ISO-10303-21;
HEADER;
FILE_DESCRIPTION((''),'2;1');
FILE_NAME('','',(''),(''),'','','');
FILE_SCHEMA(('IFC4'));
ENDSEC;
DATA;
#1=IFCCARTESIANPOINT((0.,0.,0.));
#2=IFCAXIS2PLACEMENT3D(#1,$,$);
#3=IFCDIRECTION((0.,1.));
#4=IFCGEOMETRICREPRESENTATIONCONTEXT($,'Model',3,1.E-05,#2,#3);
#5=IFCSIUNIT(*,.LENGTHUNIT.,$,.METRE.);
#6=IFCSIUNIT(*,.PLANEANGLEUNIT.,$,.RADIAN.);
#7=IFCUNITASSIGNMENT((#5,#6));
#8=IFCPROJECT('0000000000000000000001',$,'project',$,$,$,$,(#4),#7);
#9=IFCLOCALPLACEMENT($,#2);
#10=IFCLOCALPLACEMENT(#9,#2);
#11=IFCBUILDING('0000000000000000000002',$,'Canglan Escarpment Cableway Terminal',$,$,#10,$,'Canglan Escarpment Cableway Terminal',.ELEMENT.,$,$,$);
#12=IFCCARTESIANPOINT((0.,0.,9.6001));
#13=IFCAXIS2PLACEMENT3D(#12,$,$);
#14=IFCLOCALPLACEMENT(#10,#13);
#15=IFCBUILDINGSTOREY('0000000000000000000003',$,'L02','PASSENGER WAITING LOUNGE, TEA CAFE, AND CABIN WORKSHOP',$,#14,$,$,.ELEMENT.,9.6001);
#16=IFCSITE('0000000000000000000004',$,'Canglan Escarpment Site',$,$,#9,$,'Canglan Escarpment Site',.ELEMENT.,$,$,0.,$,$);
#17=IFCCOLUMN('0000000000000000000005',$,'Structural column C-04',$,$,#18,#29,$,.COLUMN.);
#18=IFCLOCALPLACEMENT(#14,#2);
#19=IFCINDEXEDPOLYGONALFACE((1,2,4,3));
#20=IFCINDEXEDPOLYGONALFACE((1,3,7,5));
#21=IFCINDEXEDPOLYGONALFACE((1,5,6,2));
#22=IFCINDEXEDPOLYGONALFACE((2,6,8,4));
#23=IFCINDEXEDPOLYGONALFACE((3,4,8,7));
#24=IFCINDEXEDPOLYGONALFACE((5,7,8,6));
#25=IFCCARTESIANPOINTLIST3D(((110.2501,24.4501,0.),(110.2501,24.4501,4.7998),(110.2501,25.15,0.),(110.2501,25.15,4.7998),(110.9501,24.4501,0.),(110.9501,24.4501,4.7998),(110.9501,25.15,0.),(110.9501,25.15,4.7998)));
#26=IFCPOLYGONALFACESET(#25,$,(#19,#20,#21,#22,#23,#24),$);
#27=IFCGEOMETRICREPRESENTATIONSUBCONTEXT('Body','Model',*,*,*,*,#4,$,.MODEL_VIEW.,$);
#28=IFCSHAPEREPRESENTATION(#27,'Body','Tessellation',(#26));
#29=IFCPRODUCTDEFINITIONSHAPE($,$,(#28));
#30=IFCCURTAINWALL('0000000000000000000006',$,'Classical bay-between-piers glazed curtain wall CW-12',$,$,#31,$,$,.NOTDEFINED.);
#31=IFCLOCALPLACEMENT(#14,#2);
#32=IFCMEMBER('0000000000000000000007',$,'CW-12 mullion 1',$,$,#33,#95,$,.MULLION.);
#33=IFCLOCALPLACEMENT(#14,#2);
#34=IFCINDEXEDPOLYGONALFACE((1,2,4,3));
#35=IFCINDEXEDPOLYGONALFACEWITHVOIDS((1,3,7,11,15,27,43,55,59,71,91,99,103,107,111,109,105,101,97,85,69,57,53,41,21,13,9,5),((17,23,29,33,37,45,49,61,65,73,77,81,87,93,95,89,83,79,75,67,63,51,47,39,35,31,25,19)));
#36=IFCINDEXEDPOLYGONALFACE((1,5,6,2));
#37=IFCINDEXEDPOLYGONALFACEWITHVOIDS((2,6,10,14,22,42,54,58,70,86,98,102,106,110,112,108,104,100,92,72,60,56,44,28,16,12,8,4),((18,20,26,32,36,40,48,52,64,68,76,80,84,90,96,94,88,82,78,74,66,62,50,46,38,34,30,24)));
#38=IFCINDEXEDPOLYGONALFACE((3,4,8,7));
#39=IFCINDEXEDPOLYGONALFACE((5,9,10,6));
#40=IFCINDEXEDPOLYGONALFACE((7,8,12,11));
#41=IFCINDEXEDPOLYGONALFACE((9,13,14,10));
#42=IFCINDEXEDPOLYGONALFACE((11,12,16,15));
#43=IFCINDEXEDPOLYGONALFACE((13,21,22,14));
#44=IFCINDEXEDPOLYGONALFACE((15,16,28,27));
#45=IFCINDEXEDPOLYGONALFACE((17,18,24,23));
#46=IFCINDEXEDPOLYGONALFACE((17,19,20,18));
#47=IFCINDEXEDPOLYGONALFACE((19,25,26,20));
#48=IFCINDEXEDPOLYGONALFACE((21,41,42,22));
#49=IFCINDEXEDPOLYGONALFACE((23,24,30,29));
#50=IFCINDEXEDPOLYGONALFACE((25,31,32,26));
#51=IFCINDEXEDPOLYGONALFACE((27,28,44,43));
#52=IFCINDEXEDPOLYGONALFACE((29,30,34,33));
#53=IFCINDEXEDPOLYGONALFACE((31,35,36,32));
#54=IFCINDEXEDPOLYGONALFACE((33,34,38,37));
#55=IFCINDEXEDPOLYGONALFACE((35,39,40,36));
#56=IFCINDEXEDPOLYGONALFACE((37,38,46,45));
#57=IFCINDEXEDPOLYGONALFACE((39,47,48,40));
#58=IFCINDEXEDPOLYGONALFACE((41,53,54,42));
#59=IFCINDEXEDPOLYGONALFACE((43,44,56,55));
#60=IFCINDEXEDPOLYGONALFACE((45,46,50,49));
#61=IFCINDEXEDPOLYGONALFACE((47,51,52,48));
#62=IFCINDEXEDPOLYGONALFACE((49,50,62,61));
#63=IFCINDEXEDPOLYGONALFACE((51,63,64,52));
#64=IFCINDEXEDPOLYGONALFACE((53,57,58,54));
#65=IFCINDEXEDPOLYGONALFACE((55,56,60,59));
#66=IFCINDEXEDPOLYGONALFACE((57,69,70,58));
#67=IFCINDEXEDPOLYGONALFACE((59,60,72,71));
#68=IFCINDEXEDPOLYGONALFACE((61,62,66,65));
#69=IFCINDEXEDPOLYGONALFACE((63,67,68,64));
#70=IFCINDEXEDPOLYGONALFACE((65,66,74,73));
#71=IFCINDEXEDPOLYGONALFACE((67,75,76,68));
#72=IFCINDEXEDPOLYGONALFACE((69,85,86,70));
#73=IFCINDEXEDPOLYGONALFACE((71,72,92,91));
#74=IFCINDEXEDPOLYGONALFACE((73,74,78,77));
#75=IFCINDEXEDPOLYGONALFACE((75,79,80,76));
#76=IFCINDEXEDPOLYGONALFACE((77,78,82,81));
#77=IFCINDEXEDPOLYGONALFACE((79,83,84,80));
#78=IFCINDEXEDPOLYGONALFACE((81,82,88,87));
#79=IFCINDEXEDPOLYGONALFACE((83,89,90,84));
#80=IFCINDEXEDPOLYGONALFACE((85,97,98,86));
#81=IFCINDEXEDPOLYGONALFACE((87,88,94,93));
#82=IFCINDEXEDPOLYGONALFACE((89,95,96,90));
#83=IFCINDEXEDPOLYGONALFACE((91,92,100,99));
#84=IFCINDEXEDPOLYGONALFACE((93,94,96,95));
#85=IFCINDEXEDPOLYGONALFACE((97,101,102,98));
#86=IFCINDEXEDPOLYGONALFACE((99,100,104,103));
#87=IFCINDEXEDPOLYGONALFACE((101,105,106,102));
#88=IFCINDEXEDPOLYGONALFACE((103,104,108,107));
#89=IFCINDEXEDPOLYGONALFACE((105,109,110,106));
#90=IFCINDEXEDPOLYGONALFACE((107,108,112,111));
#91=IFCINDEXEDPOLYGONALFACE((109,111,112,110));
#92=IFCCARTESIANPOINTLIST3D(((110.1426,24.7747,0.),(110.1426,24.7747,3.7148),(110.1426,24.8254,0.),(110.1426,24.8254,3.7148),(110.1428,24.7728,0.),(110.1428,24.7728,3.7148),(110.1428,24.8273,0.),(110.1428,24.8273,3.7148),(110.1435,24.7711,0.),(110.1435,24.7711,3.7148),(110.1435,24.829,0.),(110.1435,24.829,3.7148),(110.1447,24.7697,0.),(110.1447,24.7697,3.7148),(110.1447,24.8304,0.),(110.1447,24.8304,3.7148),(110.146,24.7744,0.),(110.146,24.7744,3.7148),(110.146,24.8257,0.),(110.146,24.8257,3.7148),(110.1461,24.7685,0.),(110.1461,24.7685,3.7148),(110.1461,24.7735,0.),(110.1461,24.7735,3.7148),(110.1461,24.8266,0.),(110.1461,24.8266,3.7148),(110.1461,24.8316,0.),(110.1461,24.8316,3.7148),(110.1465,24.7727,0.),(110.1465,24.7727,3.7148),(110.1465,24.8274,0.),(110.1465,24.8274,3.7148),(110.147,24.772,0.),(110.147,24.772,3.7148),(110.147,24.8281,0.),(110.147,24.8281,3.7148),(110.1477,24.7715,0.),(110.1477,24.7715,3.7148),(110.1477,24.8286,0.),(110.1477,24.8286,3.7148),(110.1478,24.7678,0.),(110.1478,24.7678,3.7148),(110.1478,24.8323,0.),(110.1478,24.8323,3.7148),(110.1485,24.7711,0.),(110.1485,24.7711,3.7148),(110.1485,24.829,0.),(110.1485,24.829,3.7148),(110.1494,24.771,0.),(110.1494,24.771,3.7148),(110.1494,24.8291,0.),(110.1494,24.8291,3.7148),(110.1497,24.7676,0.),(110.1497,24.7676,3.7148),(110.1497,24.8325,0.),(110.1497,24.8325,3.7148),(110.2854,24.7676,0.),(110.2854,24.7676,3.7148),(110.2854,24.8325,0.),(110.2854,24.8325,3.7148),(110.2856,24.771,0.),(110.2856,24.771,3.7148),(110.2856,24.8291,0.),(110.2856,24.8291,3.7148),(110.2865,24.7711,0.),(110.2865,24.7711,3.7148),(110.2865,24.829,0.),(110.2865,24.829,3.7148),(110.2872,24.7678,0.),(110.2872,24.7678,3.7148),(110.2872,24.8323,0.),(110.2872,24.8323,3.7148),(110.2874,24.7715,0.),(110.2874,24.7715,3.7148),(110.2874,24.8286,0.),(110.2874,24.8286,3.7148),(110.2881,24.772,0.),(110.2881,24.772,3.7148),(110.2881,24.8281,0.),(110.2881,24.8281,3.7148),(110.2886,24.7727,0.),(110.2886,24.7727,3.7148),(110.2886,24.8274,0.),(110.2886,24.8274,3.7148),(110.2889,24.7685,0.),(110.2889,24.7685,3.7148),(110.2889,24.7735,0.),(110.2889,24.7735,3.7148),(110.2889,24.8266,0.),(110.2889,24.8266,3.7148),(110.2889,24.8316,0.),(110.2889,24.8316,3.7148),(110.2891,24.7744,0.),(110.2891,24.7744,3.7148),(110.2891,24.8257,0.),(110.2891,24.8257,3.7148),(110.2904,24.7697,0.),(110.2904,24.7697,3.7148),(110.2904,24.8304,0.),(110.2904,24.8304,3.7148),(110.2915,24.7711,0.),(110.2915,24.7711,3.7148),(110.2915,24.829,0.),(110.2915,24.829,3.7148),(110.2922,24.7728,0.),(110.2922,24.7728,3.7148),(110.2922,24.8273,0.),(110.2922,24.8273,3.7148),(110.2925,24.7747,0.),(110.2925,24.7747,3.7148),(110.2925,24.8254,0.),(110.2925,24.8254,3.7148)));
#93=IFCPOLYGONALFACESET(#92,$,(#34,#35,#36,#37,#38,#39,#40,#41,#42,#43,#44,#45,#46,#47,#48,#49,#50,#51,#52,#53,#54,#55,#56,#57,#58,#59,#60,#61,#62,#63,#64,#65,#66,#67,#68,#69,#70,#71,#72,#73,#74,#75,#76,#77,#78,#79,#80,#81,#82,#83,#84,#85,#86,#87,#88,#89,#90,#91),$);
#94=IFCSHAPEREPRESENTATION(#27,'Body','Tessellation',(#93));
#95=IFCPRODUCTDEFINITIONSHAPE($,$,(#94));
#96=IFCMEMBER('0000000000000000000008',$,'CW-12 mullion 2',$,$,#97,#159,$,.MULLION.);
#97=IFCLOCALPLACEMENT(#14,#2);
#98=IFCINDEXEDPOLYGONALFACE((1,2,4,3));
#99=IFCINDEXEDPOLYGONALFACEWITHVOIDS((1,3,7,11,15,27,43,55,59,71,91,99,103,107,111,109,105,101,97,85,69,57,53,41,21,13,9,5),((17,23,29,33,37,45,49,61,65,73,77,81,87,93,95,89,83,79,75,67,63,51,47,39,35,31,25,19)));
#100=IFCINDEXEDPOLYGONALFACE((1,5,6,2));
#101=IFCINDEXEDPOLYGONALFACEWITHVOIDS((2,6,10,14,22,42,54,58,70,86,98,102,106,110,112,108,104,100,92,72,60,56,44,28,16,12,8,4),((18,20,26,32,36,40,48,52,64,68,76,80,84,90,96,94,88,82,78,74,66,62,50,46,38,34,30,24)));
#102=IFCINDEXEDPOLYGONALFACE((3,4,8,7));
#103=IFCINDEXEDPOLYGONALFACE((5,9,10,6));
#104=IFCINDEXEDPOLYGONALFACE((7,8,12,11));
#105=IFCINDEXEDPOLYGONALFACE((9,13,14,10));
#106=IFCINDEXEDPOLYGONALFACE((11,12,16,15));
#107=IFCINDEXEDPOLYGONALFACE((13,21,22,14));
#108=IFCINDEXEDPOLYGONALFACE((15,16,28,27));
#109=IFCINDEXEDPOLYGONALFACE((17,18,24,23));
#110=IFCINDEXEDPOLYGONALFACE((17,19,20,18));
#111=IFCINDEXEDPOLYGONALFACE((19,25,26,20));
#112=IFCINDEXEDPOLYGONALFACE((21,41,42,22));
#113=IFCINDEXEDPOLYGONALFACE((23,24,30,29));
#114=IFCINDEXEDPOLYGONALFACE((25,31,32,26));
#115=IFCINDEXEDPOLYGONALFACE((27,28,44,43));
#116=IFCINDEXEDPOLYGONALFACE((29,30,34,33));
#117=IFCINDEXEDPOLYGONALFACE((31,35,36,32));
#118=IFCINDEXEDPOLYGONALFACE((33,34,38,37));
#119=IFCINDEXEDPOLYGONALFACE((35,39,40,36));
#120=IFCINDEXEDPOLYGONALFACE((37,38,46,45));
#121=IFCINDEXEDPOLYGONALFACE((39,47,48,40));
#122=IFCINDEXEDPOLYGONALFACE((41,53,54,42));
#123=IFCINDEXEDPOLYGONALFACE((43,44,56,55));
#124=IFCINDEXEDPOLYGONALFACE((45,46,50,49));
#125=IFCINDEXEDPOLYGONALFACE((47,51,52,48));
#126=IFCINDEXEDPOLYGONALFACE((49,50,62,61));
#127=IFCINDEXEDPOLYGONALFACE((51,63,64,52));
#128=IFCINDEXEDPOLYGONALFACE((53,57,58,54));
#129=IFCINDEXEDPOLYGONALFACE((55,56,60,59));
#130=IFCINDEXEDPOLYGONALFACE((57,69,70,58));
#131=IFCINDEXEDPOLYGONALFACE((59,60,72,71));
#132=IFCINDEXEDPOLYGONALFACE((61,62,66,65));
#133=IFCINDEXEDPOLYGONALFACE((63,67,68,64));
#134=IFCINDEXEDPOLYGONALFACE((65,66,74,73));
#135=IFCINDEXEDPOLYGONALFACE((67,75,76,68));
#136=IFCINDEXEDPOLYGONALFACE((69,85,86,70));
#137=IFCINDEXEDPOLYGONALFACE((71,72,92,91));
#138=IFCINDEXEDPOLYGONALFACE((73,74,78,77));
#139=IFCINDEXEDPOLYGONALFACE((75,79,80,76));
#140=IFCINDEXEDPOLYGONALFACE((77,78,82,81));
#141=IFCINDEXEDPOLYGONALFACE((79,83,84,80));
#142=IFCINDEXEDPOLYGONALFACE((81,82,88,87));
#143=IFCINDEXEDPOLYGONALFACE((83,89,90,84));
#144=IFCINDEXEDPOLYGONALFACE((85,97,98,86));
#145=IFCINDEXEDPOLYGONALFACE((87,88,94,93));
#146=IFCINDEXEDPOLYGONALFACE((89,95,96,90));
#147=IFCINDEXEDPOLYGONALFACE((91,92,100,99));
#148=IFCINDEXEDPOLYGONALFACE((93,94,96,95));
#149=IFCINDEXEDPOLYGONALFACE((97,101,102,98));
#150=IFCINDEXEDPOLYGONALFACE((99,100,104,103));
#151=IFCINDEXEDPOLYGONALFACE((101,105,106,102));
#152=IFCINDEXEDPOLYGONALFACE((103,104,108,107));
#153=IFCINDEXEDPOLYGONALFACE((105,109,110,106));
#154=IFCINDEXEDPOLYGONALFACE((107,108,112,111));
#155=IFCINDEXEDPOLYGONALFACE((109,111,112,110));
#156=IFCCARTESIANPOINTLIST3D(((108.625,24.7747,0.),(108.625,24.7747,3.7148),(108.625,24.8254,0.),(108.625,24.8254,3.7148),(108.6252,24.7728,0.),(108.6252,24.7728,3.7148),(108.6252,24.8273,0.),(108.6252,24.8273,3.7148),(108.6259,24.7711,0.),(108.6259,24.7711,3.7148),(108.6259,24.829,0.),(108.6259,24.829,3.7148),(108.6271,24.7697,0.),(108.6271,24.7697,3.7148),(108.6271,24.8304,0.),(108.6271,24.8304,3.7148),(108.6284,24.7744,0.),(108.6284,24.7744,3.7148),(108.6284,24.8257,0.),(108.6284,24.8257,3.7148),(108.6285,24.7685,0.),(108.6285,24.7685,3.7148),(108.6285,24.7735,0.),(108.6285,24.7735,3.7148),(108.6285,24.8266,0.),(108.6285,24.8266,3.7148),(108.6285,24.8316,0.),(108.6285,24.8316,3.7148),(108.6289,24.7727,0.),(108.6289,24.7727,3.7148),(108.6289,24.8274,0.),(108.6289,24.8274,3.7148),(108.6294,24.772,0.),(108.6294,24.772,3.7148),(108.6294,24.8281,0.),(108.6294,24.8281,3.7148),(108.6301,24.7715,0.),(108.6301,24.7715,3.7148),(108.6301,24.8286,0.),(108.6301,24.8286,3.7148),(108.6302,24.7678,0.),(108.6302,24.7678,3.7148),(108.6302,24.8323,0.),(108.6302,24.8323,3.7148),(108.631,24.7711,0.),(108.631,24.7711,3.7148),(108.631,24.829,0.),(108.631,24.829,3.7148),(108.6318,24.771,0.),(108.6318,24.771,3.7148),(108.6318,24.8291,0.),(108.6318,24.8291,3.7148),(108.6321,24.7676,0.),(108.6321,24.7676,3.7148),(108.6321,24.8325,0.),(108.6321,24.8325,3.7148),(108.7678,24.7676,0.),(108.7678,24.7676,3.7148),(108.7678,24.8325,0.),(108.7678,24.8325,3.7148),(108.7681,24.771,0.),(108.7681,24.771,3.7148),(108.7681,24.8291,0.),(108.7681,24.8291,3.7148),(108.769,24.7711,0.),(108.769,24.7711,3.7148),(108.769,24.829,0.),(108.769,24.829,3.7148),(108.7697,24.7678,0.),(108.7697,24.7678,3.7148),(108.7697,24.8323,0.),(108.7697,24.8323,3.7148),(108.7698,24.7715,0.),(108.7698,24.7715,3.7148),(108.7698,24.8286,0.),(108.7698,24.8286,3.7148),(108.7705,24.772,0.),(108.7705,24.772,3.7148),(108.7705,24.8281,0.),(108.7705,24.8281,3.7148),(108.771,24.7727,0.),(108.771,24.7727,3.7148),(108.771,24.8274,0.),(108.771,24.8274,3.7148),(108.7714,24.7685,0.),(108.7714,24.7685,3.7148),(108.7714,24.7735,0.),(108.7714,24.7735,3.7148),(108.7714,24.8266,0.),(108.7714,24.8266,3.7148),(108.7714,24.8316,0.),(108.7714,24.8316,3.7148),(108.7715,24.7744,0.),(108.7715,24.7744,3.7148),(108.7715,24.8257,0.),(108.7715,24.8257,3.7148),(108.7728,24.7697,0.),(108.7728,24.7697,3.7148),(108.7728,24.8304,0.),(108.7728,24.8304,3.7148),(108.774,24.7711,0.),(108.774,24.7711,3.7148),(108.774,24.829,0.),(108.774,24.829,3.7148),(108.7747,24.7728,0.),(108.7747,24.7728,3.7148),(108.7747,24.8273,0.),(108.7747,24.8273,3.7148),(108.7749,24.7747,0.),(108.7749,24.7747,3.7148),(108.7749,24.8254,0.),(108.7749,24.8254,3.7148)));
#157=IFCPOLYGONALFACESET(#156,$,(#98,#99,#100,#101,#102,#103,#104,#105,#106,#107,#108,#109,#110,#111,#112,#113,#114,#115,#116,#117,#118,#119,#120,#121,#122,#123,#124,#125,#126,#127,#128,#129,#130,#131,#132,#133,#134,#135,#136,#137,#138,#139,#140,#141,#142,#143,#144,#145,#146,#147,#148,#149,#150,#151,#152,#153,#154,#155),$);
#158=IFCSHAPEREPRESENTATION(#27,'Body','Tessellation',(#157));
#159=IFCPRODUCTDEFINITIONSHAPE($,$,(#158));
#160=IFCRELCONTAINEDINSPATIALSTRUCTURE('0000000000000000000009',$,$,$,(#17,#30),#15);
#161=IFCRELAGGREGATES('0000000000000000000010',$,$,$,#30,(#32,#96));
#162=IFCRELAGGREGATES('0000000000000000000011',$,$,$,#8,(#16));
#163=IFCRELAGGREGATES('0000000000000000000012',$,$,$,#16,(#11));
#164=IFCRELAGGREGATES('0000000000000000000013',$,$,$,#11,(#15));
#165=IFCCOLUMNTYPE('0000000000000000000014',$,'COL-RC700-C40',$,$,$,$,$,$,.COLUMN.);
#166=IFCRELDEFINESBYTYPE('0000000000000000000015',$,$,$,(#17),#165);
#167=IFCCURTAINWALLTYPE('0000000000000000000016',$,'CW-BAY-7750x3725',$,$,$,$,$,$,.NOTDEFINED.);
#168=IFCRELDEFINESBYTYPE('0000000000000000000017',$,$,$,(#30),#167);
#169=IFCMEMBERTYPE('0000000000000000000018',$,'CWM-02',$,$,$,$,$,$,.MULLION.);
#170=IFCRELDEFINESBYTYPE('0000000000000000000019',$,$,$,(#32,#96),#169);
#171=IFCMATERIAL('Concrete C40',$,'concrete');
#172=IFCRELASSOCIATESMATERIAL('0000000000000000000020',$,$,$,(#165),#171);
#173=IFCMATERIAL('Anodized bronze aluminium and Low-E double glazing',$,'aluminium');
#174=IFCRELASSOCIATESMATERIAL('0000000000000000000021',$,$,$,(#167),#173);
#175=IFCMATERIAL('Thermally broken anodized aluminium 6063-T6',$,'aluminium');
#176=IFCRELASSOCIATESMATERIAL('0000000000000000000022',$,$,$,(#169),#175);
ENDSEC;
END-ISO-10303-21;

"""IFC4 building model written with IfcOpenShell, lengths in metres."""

from ifc_helpers import new_model, si_unit, direction, frame, origin, origin_2d, place, context, subcontext, project, spatial, rectangle, hollow_rectangle, extrude, material, material_profile, profile_set, type_object, element, aggregate, save


model = new_model("IFC4")

# Units and contexts
model_context = context("Model", 3, precision=1e-05, world=origin(), true_north=direction((0.0, 1.0)))
body_context = subcontext(model_context, "Body", "Model", "MODEL_VIEW")
ifc_project = project(units=[si_unit("LENGTHUNIT", "METRE"), si_unit("PLANEANGLEUNIT", "RADIAN")], contexts=[model_context])

# Site, building, storey
site_placement = place(None, origin())
site = spatial("IfcSite", under=ifc_project, at=site_placement, Name="Canglan Escarpment Site", LongName="Canglan Escarpment Site", CompositionType="ELEMENT", RefElevation=0.0)
building_placement = place(site_placement, origin())
building = spatial("IfcBuilding", under=site, at=building_placement, Name="Canglan Escarpment Cableway Terminal", LongName="Canglan Escarpment Cableway Terminal", CompositionType="ELEMENT")
storey_placement = place(building_placement, frame((0.0, 0.0, 9.6001)))
storey = spatial("IfcBuildingStorey", under=building, at=storey_placement, Name="L02", Description="PASSENGER WAITING LOUNGE, TEA CAFE, AND CABIN WORKSHOP", CompositionType="ELEMENT", Elevation=9.6001)

# Column
ifc_material_1 = material(Name="Concrete C40", Category="concrete")
ifc_material_profile_1 = material_profile(ifc_material_1, rectangle(XDim=0.7, YDim=0.7, at=origin_2d()), Name="RC 700x700")
ifc_profile_set_1 = profile_set([ifc_material_profile_1], Name="Concrete C40")
column_type = type_object("IfcColumnType", Name="COL-RC700-C40", PredefinedType="COLUMN", material=ifc_profile_set_1)
column_placement = place(storey_placement, frame((110.6001, 24.8, 0.0), z_axis=(0.0, 0.0, 1.0), x_axis=(1.0, 0.0, 0.0)))
element("IfcColumn", 1, at=column_placement, inside=storey, type_object=column_type, Name="Structural column C-04", PredefinedType="COLUMN", context=body_context, shape_type="SweptSolid", body=[
    extrude(rectangle(XDim=0.7, YDim=0.7, at=origin_2d()), origin(), (0.0, 0.0, 1.0), 4.7998),
])

# Curtain wall, members
ifc_material_2 = material(Name="Anodized bronze aluminium and Low-E double glazing", Category="aluminium")
curtain_wall_type = type_object("IfcCurtainWallType", Name="CW-BAY-7750x3725", PredefinedType="NOTDEFINED", material=ifc_material_2)
curtain_wall_placement = place(storey_placement, origin())
curtain_wall = element("IfcCurtainWall", 2, at=curtain_wall_placement, inside=storey, type_object=curtain_wall_type, Name="Classical bay-between-piers glazed curtain wall CW-12", PredefinedType="NOTDEFINED")
ifc_material_3 = material(Name="Thermally broken anodized aluminium 6063-T6", Category="aluminium")
ifc_material_profile_2 = material_profile(ifc_material_3, hollow_rectangle(XDim=0.0649, YDim=0.1499, WallThickness=0.0034, InnerFilletRadius=0.0034, OuterFilletRadius=0.0071, at=origin_2d()), Name="ALU-MULL 65x150x3.5")
ifc_profile_set_2 = profile_set([ifc_material_profile_2], Name="Thermally broken anodized aluminium 6063-T6")
member_type_1 = type_object("IfcMemberType", Name="CWM-02", PredefinedType="MULLION", material=ifc_profile_set_2)
member_1_placement = place(storey_placement, frame((110.2175, 24.8, 0.0), z_axis=(0.0, 0.0, 1.0), x_axis=(0.0, -1.0, 0.0)))
member_1 = element("IfcMember", 3, at=member_1_placement, type_object=member_type_1, Name="CW-12 mullion 1", PredefinedType="MULLION", context=body_context, shape_type="SweptSolid", body=[
    extrude(hollow_rectangle(XDim=0.0649, YDim=0.1499, WallThickness=0.0034, InnerFilletRadius=0.0034, OuterFilletRadius=0.0071, at=origin_2d()), origin(), (0.0, 0.0, 1.0), 3.7148),
])
member_2_placement = place(storey_placement, frame((108.7, 24.8, 0.0), z_axis=(0.0, 0.0, 1.0), x_axis=(0.0, -1.0, 0.0)))
member_2 = element("IfcMember", 4, at=member_2_placement, type_object=member_type_1, Name="CW-12 mullion 2", PredefinedType="MULLION", context=body_context, shape_type="SweptSolid", body=[
    extrude(hollow_rectangle(XDim=0.0649, YDim=0.1499, WallThickness=0.0034, InnerFilletRadius=0.0034, OuterFilletRadius=0.0071, at=origin_2d()), origin(), (0.0, 0.0, 1.0), 3.7148),
])
aggregate(curtain_wall, [member_1, member_2])

save(model, "model.ifc")
